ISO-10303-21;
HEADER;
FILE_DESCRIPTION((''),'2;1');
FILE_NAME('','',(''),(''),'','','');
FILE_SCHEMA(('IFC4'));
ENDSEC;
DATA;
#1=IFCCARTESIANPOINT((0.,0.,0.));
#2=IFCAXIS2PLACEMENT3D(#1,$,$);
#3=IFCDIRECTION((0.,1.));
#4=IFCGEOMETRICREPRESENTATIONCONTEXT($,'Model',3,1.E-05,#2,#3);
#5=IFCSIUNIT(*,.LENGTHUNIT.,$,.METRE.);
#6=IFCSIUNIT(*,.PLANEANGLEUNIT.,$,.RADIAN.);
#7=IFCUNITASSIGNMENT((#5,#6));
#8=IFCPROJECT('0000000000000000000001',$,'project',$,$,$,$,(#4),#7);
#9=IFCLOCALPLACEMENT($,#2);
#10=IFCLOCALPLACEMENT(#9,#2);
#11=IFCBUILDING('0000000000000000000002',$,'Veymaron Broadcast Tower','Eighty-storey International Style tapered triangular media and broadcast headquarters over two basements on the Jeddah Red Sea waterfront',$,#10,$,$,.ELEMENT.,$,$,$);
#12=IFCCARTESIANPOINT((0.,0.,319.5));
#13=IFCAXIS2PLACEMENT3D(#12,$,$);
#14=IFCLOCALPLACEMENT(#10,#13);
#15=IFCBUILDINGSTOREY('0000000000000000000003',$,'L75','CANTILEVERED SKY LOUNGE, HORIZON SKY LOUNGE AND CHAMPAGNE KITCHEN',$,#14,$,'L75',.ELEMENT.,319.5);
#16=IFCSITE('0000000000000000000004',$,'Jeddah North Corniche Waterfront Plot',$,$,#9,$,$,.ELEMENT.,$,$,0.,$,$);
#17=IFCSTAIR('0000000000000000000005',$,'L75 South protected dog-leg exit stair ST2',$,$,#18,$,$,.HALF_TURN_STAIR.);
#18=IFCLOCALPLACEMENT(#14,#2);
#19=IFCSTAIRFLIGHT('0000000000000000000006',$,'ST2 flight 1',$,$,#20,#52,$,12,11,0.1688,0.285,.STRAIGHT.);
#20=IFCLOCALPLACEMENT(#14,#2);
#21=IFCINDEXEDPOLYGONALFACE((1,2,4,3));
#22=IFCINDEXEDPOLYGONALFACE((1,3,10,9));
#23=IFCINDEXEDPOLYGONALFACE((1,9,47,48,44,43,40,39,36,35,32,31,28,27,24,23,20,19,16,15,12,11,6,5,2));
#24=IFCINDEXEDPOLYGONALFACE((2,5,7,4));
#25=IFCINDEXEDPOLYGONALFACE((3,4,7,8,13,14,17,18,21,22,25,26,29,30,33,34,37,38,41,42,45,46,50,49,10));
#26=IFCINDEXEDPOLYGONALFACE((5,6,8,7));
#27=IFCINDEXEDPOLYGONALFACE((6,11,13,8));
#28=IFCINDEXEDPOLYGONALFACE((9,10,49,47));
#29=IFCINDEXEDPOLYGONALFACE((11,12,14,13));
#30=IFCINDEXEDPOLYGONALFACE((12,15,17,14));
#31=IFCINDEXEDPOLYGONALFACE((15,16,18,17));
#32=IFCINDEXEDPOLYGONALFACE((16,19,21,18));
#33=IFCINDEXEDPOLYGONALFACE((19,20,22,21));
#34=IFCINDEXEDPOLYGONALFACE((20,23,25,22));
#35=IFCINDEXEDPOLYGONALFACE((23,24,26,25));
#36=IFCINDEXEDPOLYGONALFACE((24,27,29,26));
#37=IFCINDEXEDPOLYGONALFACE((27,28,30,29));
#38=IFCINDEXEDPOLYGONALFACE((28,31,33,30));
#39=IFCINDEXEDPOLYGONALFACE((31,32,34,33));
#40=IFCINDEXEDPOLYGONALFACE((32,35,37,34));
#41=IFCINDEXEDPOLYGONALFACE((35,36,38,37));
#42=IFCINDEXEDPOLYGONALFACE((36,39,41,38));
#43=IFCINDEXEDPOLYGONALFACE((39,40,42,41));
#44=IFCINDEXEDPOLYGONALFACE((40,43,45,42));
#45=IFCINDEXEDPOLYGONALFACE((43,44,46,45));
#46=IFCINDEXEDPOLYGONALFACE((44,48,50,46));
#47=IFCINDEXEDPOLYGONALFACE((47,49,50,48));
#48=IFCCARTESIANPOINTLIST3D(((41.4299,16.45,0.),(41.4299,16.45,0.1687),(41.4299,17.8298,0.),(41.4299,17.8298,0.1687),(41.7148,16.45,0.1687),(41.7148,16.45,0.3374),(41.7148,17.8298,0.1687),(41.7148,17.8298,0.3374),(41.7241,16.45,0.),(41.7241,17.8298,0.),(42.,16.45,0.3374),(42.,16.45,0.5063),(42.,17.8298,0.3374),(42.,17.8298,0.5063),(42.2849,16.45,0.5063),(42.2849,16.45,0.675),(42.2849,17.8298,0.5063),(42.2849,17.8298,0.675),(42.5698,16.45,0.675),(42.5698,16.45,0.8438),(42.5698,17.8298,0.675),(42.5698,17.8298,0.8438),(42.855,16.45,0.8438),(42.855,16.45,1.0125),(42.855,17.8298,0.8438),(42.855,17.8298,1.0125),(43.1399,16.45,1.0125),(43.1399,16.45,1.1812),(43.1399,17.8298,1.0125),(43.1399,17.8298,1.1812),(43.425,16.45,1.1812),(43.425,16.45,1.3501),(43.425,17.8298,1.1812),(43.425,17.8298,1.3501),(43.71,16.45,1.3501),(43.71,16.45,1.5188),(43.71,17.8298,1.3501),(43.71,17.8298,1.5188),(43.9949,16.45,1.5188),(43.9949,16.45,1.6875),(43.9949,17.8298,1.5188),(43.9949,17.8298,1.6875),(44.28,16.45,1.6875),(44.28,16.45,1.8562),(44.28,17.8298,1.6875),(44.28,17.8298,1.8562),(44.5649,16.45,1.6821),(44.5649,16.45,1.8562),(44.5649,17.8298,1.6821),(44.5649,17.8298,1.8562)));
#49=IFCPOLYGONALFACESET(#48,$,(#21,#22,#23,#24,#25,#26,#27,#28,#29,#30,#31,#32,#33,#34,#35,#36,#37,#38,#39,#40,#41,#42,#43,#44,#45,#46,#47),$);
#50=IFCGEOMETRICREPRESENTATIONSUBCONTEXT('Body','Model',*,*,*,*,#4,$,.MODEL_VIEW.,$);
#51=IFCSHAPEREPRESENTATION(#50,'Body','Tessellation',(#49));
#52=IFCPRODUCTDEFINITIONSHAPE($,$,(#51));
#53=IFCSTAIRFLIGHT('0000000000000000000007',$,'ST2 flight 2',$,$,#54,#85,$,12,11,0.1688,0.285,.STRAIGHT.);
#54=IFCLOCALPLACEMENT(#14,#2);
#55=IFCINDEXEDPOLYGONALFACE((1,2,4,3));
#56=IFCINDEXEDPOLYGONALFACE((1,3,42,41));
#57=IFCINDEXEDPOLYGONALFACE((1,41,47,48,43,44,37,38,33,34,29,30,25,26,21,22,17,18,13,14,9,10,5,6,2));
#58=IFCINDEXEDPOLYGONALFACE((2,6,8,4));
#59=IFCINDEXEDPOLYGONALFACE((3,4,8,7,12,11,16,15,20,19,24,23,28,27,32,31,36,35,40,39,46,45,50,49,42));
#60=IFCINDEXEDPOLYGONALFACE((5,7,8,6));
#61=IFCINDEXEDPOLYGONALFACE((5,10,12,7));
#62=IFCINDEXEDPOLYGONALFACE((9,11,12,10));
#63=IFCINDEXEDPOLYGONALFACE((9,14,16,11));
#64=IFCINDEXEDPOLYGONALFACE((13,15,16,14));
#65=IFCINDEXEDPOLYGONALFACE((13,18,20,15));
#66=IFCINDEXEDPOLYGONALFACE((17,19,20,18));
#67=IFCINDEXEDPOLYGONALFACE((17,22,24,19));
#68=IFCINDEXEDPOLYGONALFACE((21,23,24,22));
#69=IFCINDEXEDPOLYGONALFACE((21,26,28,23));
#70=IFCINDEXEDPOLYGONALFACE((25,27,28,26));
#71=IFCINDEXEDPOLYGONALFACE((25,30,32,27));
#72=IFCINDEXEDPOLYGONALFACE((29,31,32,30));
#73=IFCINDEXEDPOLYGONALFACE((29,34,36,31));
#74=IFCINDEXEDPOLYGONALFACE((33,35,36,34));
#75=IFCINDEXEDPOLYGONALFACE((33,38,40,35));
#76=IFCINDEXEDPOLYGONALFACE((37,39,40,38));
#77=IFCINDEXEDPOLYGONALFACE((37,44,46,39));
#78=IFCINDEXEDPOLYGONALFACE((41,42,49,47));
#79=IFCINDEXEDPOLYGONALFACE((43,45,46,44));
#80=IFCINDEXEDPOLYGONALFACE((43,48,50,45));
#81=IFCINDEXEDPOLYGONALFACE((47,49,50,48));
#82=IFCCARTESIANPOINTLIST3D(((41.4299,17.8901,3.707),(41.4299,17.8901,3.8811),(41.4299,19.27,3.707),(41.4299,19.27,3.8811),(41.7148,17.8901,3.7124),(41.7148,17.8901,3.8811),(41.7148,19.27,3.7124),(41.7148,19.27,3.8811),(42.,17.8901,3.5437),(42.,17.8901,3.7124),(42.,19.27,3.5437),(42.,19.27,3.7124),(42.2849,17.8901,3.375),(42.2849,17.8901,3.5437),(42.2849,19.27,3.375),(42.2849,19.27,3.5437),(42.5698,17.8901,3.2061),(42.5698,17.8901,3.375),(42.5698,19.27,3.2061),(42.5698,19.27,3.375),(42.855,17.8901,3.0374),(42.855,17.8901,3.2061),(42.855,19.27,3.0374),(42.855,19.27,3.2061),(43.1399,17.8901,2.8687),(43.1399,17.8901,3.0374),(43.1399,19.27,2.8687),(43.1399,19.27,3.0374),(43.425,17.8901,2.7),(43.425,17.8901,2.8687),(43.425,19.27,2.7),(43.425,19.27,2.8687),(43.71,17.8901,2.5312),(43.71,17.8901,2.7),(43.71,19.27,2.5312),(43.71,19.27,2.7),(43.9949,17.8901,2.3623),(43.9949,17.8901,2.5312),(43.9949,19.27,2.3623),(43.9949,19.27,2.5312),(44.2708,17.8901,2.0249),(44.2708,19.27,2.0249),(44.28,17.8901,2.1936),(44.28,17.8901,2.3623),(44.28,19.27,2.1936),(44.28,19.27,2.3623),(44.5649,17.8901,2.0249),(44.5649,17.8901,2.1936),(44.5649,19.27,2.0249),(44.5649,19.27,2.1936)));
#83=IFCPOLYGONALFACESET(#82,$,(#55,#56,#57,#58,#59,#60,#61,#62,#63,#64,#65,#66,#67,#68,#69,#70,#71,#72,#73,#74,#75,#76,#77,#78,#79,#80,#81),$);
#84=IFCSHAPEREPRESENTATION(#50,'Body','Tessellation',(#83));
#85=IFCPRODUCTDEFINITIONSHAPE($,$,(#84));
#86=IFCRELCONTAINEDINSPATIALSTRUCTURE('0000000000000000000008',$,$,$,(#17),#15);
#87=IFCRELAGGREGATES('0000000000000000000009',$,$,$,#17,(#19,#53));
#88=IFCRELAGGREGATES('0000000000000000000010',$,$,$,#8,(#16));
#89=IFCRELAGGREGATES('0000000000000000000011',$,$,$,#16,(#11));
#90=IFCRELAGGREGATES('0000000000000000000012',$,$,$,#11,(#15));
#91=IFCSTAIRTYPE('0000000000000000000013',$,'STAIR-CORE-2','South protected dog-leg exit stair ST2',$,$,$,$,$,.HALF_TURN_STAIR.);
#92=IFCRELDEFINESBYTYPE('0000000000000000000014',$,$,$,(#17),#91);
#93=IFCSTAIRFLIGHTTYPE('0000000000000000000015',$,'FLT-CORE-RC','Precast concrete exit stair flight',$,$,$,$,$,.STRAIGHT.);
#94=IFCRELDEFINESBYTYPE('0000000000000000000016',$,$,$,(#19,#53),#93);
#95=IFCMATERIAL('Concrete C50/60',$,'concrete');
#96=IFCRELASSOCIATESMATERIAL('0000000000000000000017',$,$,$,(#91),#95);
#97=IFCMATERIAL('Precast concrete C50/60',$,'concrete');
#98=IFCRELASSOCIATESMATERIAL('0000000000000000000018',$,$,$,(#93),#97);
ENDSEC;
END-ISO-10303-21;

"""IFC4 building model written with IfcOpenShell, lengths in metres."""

from ifc_helpers import new_model, si_unit, direction, frame, origin, place, context, subcontext, project, spatial, polyline, outline, extrude, material, type_object, element, aggregate, save


model = new_model("IFC4")

# Units and contexts
model_context = context("Model", 3, precision=1e-05, world=origin(), true_north=direction((0.0, 1.0)))
body_context = subcontext(model_context, "Body", "Model", "MODEL_VIEW")
ifc_project = project(units=[si_unit("LENGTHUNIT", "METRE"), si_unit("PLANEANGLEUNIT", "RADIAN")], contexts=[model_context])

# Site, building, storey
site_placement = place(None, origin())
site = spatial("IfcSite", under=ifc_project, at=site_placement, Name="Jeddah North Corniche Waterfront Plot", CompositionType="ELEMENT", RefElevation=0.0)
building_placement = place(site_placement, origin())
building = spatial("IfcBuilding", under=site, at=building_placement, Name="Veymaron Broadcast Tower", Description="Eighty-storey International Style tapered triangular media and broadcast headquarters over two basements on the Jeddah Red Sea waterfront", CompositionType="ELEMENT")
storey_placement = place(building_placement, frame((0.0, 0.0, 319.5)))
storey = spatial("IfcBuildingStorey", under=building, at=storey_placement, Name="L75", Description="CANTILEVERED SKY LOUNGE, HORIZON SKY LOUNGE AND CHAMPAGNE KITCHEN", LongName="L75", CompositionType="ELEMENT", Elevation=319.5)

# Shared definitions
ifc_material_1 = material(Name="Concrete C50/60", Category="concrete")

# Stair, stair flights
stair_type = type_object("IfcStairType", Name="STAIR-CORE-2", Description="South protected dog-leg exit stair ST2", PredefinedType="HALF_TURN_STAIR", material=ifc_material_1)
stair_placement = place(storey_placement, origin())
stair = element("IfcStair", 1, at=stair_placement, inside=storey, type_object=stair_type, Name="L75 South protected dog-leg exit stair ST2", PredefinedType="HALF_TURN_STAIR")
ifc_material_2 = material(Name="Precast concrete C50/60", Category="concrete")
stair_flight_type = type_object("IfcStairFlightType", Name="FLT-CORE-RC", Description="Precast concrete exit stair flight", PredefinedType="STRAIGHT", material=ifc_material_2)
stair_flight_1_placement = place(storey_placement, frame((41.4299, 17.1399, 0.0), z_axis=(0.0, 0.0, 1.0), x_axis=(1.0, 0.0, 0.0)))
stair_flight_1 = element("IfcStairFlight", 2, at=stair_flight_1_placement, type_object=stair_flight_type, Name="ST2 flight 1", NumberOfRisers=12, NumberOfTreads=11, PredefinedType="STRAIGHT", RiserHeight=0.1688, TreadLength=0.285, context=body_context, shape_type="SweptSolid", body=[
    extrude(outline(polyline([(0.0, 0.0), (0.0, 0.1687), (0.2849, 0.1687), (0.2849, 0.3374), (0.5701, 0.3374), (0.5701, 0.5063), (0.855, 0.5063), (0.855, 0.675), (1.1399, 0.675), (1.1399, 0.8438), (1.425, 0.8438), (1.425, 1.0125), (1.71, 1.0125), (1.71, 1.1812), (1.9951, 1.1812), (1.9951, 1.3501), (2.28, 1.3501), (2.28, 1.5188), (2.5649, 1.5188), (2.5649, 1.6875), (2.8501, 1.6875), (2.8501, 1.8562), (3.135, 1.8562), (3.135, 2.0249), (3.135, 1.6821), (0.2942, 0.0), (0.0, 0.0)])), frame((0.0, 0.6899, 0.0), z_axis=(0.0, -1.0, 0.0), x_axis=(1.0, 0.0, 0.0)), (0.0, 0.0, 1.0), 1.3799),
])
stair_flight_2_placement = place(storey_placement, frame((44.5649, 18.5801, 2.0249), z_axis=(0.0, 0.0, 1.0), x_axis=(-1.0, 0.0, 0.0)))
stair_flight_2 = element("IfcStairFlight", 3, at=stair_flight_2_placement, type_object=stair_flight_type, Name="ST2 flight 2", NumberOfRisers=12, NumberOfTreads=11, PredefinedType="STRAIGHT", RiserHeight=0.1688, TreadLength=0.285, context=body_context, shape_type="SweptSolid", body=[
    extrude(outline(polyline([(0.0, 0.0), (0.0, 0.1687), (0.2849, 0.1687), (0.2849, 0.3374), (0.5701, 0.3374), (0.5701, 0.5063), (0.855, 0.5063), (0.855, 0.675), (1.1399, 0.675), (1.1399, 0.8438), (1.425, 0.8438), (1.425, 1.0125), (1.71, 1.0125), (1.71, 1.1812), (1.9951, 1.1812), (1.9951, 1.3501), (2.28, 1.3501), (2.28, 1.5188), (2.5649, 1.5188), (2.5649, 1.6875), (2.8501, 1.6875), (2.8501, 1.8562), (3.135, 1.8562), (3.135, 2.0249), (3.135, 1.6821), (0.2942, 0.0), (0.0, 0.0)])), frame((0.0, 0.6899, 0.0), z_axis=(0.0, -1.0, 0.0), x_axis=(1.0, 0.0, 0.0)), (0.0, 0.0, 1.0), 1.3799),
])
aggregate(stair, [stair_flight_1, stair_flight_2])

save(model, "model.ifc")
